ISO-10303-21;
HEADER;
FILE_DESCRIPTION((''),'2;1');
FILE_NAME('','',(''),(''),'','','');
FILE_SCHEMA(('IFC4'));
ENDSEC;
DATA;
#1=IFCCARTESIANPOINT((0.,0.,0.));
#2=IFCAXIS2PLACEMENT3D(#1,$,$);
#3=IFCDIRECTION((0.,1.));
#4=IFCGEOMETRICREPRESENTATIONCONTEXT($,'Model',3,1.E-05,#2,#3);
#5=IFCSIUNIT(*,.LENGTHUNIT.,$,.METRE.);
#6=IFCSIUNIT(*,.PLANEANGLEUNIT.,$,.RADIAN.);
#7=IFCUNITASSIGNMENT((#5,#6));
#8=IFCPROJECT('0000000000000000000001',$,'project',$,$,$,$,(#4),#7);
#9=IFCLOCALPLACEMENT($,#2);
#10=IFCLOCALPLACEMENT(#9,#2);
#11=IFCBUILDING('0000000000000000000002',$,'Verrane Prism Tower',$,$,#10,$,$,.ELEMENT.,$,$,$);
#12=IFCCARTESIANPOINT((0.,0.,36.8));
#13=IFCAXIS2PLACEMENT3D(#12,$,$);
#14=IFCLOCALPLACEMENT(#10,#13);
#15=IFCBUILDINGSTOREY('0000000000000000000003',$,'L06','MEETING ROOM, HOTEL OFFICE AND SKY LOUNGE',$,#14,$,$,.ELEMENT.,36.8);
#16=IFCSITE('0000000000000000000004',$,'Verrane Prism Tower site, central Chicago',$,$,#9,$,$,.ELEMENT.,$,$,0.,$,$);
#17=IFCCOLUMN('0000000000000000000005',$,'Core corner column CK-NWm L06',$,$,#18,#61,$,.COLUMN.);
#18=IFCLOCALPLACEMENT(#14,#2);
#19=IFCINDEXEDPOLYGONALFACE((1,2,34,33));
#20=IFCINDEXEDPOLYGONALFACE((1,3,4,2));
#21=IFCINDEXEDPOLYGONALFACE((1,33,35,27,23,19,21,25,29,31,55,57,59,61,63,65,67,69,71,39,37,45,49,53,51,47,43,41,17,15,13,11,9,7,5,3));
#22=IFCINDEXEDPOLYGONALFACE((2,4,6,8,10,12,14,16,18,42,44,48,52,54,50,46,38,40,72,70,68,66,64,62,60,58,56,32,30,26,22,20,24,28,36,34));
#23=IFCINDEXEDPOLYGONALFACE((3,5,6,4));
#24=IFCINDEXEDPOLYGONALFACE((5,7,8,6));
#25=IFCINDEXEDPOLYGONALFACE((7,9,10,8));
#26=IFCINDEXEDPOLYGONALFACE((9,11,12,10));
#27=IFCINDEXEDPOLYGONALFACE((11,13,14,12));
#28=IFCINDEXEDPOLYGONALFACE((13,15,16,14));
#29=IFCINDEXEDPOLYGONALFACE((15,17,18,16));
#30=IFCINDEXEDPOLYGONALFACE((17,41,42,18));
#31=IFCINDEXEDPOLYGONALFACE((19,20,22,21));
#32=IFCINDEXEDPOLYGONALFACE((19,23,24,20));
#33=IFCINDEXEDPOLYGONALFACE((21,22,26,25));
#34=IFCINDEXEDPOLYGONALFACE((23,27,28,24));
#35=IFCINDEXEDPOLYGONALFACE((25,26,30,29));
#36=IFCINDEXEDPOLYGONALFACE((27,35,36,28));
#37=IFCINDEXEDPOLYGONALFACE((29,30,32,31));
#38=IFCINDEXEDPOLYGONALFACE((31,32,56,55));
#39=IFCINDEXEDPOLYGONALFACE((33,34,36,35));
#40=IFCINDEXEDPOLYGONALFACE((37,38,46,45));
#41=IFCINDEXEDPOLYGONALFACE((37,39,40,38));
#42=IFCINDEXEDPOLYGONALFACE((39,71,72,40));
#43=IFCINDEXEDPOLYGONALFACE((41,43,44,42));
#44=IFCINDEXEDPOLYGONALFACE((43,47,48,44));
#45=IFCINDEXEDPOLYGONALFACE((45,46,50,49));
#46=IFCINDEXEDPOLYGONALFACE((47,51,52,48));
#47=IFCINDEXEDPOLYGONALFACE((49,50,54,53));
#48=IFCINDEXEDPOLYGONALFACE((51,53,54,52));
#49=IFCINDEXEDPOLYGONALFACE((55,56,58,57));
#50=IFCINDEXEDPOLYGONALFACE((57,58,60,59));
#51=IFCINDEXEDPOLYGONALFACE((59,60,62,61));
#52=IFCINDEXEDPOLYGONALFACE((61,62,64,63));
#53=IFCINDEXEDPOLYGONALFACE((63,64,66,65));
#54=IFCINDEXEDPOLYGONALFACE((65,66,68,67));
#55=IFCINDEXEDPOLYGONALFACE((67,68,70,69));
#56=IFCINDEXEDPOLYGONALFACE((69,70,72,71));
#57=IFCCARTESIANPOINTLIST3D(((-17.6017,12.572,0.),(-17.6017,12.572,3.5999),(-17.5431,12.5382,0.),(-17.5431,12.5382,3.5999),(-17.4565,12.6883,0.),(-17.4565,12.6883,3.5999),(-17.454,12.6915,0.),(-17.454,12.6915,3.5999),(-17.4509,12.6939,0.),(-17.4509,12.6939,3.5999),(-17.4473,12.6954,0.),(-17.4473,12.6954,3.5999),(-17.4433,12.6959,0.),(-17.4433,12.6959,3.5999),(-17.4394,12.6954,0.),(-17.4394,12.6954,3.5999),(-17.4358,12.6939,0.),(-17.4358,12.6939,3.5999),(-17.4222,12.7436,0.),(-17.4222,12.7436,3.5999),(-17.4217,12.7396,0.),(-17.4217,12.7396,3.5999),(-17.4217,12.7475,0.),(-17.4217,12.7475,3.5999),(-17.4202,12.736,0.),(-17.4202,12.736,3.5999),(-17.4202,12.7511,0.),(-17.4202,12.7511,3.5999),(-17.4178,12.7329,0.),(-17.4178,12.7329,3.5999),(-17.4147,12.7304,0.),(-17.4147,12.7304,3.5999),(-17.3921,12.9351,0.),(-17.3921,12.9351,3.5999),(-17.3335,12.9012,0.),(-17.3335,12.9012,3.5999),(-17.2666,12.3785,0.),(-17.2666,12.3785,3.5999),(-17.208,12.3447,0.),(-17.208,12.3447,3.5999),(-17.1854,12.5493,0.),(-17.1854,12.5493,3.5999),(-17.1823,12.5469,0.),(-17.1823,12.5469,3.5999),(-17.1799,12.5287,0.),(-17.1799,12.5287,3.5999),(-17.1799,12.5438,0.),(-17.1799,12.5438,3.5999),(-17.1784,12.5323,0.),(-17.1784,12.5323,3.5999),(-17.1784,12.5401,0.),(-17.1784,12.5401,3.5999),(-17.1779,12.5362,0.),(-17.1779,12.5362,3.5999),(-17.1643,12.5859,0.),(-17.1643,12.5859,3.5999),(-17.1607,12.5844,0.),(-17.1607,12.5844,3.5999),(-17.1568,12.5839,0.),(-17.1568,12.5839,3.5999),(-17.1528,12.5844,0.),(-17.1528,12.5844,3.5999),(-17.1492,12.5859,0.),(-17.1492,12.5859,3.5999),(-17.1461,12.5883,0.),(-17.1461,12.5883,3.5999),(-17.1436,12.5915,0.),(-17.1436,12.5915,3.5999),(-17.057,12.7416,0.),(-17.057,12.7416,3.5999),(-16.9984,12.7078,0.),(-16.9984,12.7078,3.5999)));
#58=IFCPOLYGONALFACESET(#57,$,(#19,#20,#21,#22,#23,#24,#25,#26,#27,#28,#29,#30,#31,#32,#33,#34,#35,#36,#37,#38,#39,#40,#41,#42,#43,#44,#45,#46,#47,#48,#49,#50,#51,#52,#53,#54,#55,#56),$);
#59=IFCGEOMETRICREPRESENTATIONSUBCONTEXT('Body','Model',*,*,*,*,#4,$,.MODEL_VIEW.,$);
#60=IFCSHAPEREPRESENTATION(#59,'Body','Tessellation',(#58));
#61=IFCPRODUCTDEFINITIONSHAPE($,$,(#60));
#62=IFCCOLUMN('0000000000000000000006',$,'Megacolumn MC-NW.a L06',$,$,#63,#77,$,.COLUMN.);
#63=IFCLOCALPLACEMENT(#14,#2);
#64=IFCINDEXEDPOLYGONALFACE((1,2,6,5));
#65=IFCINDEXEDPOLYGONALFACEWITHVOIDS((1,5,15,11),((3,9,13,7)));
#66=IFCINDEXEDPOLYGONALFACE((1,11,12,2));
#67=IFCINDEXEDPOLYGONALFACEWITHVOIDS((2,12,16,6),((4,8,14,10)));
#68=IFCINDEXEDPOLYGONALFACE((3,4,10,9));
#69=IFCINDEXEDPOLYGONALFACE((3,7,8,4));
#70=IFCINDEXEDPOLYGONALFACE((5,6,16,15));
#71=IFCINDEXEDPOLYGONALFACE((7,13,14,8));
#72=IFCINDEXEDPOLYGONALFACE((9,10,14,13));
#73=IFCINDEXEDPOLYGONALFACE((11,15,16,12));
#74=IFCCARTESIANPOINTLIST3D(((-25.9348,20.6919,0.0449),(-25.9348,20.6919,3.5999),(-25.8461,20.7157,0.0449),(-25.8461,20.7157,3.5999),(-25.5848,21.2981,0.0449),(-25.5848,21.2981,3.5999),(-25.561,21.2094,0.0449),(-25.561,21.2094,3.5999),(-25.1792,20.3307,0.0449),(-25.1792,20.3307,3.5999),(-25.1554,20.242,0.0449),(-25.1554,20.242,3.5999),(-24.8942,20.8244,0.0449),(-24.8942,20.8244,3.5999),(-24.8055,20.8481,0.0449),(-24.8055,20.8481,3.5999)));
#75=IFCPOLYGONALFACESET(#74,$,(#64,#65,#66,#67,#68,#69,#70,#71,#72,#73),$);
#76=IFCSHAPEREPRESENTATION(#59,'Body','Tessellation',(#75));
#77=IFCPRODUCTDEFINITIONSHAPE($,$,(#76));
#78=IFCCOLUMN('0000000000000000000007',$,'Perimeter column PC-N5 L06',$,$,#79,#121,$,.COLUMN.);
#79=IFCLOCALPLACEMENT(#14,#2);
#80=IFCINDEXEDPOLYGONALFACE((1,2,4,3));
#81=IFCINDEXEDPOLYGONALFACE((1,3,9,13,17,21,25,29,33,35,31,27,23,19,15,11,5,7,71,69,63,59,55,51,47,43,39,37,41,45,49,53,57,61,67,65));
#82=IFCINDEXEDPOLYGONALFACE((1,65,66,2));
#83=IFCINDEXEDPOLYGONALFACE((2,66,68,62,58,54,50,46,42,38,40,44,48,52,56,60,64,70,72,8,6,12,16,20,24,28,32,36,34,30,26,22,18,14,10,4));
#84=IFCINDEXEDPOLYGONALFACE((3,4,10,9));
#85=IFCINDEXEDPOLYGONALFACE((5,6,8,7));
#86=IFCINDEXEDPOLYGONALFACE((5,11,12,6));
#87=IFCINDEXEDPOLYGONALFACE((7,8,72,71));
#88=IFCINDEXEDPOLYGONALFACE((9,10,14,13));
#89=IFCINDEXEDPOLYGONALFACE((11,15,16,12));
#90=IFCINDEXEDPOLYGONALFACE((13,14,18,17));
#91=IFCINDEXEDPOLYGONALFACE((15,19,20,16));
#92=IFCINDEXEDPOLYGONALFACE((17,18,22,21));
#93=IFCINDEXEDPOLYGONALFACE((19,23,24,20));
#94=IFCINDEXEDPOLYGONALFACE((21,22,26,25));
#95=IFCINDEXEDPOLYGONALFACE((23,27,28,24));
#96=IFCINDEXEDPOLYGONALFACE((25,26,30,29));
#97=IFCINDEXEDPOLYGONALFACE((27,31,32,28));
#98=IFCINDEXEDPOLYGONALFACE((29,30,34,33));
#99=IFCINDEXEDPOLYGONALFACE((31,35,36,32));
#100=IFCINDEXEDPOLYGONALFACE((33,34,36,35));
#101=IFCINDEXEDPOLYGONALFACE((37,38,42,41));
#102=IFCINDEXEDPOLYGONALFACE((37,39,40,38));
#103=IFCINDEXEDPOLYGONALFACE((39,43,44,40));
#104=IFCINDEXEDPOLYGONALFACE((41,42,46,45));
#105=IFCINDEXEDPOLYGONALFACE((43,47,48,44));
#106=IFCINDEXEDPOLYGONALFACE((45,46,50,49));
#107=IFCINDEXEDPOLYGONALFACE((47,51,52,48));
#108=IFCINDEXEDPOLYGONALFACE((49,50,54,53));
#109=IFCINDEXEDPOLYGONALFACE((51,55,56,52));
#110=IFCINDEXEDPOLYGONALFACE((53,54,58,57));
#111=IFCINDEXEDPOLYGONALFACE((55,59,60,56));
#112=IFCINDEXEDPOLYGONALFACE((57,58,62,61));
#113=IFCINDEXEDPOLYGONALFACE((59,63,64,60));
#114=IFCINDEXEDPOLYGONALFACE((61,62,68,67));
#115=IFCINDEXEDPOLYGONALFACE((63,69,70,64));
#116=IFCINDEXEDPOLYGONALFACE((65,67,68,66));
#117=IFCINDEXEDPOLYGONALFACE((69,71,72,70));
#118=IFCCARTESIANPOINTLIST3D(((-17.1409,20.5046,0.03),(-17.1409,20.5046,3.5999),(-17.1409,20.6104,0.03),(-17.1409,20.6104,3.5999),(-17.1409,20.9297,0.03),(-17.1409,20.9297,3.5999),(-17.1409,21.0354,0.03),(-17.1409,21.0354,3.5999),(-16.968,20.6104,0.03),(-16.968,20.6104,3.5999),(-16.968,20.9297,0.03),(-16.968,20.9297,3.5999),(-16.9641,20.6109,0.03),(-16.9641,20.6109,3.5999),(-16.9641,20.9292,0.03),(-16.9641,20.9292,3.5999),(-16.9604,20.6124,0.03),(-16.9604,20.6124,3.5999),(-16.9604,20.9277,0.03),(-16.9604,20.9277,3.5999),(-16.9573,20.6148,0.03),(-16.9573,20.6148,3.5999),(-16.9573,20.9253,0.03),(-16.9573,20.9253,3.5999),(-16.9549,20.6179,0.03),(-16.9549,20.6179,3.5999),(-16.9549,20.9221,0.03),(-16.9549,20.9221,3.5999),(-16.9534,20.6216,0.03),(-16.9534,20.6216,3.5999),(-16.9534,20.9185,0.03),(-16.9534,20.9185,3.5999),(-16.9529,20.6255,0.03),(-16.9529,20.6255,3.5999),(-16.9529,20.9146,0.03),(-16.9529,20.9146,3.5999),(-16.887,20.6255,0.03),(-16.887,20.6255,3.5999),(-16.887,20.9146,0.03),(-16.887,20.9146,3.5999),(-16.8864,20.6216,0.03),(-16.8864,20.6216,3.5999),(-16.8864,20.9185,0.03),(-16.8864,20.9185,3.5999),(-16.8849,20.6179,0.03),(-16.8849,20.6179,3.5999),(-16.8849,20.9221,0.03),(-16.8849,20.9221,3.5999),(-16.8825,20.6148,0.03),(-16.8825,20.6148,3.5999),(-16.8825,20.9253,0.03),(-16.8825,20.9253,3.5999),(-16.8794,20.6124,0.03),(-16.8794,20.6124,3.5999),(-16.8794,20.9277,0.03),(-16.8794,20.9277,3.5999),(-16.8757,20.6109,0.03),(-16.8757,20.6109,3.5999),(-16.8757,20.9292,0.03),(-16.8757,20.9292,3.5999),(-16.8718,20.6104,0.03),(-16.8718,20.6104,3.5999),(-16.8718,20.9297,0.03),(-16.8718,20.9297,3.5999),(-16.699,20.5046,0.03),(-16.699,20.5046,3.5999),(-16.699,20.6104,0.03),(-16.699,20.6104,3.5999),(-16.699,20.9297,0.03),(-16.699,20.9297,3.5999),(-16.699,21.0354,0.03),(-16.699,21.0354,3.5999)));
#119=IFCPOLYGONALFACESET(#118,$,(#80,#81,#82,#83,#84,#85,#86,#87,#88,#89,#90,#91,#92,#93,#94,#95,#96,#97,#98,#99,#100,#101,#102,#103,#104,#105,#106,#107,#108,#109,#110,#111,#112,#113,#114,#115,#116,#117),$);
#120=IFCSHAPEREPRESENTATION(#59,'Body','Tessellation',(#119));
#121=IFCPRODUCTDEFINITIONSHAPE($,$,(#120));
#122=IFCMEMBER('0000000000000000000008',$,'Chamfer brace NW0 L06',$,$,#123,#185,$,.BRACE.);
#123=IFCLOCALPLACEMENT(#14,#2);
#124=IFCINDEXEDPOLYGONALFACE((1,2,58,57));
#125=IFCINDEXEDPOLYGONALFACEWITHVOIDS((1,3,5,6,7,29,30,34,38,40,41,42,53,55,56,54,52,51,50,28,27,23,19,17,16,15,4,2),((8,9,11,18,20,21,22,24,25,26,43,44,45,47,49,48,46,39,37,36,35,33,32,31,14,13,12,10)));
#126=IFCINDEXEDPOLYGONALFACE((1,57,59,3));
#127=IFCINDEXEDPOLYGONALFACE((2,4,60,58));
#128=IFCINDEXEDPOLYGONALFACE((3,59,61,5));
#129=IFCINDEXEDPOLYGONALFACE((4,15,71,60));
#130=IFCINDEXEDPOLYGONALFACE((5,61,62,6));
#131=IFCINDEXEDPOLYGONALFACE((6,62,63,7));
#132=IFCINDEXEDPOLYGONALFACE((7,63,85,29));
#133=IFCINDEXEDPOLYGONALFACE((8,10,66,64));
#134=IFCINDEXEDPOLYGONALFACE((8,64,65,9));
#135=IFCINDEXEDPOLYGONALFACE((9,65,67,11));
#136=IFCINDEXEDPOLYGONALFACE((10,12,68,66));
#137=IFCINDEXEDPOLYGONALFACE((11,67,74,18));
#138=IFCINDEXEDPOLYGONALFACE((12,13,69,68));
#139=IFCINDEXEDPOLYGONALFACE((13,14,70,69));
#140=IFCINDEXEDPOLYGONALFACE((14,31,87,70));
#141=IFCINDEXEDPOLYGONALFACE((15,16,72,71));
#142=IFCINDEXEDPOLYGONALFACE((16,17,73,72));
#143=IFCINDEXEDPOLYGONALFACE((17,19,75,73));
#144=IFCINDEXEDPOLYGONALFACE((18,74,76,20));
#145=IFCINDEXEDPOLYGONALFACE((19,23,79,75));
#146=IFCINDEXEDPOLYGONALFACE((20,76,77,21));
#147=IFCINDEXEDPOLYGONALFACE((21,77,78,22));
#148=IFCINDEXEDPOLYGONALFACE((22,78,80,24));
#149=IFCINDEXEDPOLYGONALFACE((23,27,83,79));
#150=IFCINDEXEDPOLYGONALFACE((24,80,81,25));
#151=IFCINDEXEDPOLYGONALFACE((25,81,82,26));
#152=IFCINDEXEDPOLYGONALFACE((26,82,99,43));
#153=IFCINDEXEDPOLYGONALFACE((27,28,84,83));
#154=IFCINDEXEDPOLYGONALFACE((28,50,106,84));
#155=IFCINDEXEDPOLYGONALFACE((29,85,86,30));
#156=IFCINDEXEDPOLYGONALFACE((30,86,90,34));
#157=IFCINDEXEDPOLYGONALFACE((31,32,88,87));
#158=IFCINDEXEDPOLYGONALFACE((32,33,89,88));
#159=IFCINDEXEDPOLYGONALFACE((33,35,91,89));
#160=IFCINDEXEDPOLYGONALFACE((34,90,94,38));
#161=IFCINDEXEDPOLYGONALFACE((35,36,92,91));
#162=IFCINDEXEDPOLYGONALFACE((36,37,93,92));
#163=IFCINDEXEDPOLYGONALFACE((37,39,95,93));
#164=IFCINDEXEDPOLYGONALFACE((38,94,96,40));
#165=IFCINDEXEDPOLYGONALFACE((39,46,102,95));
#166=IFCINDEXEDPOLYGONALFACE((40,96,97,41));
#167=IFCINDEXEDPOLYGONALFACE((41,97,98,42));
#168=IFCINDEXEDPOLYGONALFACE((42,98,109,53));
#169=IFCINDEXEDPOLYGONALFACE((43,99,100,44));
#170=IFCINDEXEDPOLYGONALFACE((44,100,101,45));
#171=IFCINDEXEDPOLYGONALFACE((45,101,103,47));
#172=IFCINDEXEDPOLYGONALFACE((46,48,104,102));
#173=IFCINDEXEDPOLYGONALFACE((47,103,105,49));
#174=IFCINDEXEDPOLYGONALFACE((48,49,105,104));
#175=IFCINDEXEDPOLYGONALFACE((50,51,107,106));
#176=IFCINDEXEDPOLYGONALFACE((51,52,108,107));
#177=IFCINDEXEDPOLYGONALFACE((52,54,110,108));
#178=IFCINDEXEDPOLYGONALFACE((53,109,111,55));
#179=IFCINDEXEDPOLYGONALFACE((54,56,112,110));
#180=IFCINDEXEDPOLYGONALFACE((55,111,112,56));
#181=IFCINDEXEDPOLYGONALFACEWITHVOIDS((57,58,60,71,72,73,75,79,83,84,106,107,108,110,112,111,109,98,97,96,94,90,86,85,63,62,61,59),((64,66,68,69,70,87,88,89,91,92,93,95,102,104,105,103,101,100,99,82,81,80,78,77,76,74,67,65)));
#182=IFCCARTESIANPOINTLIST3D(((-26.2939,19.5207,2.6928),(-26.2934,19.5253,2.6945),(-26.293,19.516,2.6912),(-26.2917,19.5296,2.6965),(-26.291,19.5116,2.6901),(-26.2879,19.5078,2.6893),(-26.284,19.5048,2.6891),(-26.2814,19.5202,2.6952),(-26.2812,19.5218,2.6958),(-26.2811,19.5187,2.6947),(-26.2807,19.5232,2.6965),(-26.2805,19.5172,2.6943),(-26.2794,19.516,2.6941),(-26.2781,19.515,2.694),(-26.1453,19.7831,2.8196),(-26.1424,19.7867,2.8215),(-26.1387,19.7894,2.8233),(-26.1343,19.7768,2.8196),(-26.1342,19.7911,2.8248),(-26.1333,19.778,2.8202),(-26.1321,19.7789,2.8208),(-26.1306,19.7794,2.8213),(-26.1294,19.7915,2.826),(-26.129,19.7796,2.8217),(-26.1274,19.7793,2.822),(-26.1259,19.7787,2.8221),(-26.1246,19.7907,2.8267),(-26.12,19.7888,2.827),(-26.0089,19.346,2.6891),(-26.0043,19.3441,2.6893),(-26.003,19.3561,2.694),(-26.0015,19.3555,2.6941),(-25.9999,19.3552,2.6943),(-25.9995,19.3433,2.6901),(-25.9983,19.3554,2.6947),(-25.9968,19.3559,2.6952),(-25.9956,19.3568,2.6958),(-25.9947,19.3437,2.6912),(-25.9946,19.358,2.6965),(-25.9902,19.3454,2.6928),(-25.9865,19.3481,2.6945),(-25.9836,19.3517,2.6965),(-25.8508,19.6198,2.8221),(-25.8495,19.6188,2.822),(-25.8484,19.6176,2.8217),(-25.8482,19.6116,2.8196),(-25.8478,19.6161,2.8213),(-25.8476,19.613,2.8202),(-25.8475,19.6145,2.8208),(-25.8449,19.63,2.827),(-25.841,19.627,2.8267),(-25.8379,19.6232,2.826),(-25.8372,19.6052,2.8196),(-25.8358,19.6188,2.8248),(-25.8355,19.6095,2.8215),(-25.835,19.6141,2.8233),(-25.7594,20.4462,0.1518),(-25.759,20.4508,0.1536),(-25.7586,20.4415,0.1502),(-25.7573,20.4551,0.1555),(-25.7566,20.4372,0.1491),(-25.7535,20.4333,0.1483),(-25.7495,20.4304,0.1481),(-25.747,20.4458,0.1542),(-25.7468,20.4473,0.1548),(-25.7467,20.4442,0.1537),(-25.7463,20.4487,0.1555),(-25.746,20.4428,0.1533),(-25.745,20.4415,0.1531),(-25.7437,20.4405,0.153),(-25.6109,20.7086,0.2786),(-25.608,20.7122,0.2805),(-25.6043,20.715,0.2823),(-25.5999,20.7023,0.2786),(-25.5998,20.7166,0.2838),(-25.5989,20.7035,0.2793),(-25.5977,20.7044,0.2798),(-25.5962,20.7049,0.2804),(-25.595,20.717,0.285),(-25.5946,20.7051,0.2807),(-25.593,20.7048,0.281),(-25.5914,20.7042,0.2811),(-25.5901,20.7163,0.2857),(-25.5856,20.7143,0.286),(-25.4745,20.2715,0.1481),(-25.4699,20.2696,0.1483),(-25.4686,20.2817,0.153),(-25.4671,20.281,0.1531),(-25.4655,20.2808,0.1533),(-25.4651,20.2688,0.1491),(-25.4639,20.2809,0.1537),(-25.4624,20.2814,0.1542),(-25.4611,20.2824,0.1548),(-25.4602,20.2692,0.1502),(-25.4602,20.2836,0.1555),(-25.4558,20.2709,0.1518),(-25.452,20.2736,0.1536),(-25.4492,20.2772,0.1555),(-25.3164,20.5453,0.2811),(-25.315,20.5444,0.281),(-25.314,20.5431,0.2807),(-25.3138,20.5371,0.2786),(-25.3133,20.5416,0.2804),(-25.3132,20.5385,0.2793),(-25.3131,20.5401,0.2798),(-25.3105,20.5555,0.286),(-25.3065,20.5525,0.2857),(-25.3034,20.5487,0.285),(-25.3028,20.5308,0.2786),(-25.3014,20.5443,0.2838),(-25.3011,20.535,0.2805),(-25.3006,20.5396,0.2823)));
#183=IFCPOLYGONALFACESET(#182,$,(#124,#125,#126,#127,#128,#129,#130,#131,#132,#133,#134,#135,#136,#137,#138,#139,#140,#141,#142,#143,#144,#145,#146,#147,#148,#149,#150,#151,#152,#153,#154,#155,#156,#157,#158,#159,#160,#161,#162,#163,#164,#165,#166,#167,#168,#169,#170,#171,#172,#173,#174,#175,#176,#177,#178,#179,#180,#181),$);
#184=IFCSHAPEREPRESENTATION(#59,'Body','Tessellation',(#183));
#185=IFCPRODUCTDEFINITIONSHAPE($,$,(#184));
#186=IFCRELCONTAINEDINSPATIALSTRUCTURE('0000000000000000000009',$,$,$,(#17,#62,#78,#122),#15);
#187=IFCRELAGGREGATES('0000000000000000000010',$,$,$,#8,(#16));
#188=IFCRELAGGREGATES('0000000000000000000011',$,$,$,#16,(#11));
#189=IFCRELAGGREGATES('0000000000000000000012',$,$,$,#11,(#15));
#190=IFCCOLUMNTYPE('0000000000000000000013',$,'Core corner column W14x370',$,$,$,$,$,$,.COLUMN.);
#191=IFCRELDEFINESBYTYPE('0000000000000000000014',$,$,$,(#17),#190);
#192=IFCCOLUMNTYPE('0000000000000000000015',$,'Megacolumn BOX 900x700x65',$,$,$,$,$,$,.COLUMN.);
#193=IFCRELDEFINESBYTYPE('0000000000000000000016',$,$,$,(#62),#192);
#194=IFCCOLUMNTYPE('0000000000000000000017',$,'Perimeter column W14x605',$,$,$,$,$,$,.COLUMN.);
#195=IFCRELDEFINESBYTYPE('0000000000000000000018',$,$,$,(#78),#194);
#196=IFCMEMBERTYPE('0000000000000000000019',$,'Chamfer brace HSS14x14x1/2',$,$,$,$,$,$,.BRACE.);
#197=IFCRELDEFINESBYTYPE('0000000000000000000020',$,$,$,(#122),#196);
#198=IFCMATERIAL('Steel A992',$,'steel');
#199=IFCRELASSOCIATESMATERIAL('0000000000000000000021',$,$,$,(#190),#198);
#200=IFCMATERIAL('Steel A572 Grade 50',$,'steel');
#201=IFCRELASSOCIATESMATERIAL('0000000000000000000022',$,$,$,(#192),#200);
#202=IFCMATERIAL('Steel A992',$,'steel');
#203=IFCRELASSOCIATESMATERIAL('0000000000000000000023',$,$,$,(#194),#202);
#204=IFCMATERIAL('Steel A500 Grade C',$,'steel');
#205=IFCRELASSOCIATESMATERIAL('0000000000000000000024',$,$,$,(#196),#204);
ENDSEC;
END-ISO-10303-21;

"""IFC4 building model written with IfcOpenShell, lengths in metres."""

from ifc_helpers import new_model, si_unit, direction, frame, origin, origin_2d, place, context, subcontext, project, spatial, hollow_rectangle, i_section, extrude, material, material_profile, profile_set, type_object, element, save


model = new_model("IFC4")

# Units and contexts
model_context = context("Model", 3, precision=1e-05, world=origin(), true_north=direction((0.0, 1.0)))
body_context = subcontext(model_context, "Body", "Model", "MODEL_VIEW")
ifc_project = project(units=[si_unit("LENGTHUNIT", "METRE"), si_unit("PLANEANGLEUNIT", "RADIAN")], contexts=[model_context])

# Site, building, storey
site_placement = place(None, origin())
site = spatial("IfcSite", under=ifc_project, at=site_placement, Name="Verrane Prism Tower site, central Chicago", CompositionType="ELEMENT", RefElevation=0.0)
building_placement = place(site_placement, origin())
building = spatial("IfcBuilding", under=site, at=building_placement, Name="Verrane Prism Tower", CompositionType="ELEMENT")
storey_placement = place(building_placement, frame((0.0, 0.0, 36.8)))
storey = spatial("IfcBuildingStorey", under=building, at=storey_placement, Name="L06", Description="MEETING ROOM, HOTEL OFFICE AND SKY LOUNGE", CompositionType="ELEMENT", Elevation=36.8)

# Columns
ifc_material_1 = material(Name="Steel A992", Category="steel")
ifc_material_profile_1 = material_profile(ifc_material_1, i_section(OverallWidth=0.4192, OverallDepth=0.4546, WebThickness=0.0422, FlangeThickness=0.0676, FilletRadius=0.0151, at=origin_2d()), Name="W14x370")
ifc_profile_set_1 = profile_set([ifc_material_profile_1], Name="Steel A992")
column_type_1 = type_object("IfcColumnType", Name="Core corner column W14x370", PredefinedType="COLUMN", material=ifc_profile_set_1)
column_1_placement = place(storey_placement, frame((-17.3, 12.6399, 0.0), z_axis=(0.0, 0.0, 1.0), x_axis=(0.5, 0.866025, 0.0)))
element("IfcColumn", 1, at=column_1_placement, inside=storey, type_object=column_type_1, Name="Core corner column CK-NWm L06", PredefinedType="COLUMN", context=body_context, shape_type="SweptSolid", body=[
    extrude(i_section(OverallWidth=0.4192, OverallDepth=0.4546, WebThickness=0.0422, FlangeThickness=0.0676, FilletRadius=0.0151, at=origin_2d()), origin(), (0.0, 0.0, 1.0), 3.5999),
])
ifc_material_2 = material(Name="Steel A572 Grade 50", Category="steel")
ifc_material_profile_2 = material_profile(ifc_material_2, hollow_rectangle(XDim=0.7, YDim=0.8999, WallThickness=0.0649, at=origin_2d()), Name="BOX 900x700x65")
ifc_profile_set_2 = profile_set([ifc_material_profile_2], Name="Steel A572 Grade 50")
column_type_2 = type_object("IfcColumnType", Name="Megacolumn BOX 900x700x65", PredefinedType="COLUMN", material=ifc_profile_set_2)
column_2_placement = place(storey_placement, frame((-25.3701, 20.77, 0.0449), z_axis=(0.0, 0.0, 1.0), x_axis=(0.5, 0.866025, 0.0)))
element("IfcColumn", 2, at=column_2_placement, inside=storey, type_object=column_type_2, Name="Megacolumn MC-NW.a L06", PredefinedType="COLUMN", context=body_context, shape_type="SweptSolid", body=[
    extrude(hollow_rectangle(XDim=0.7, YDim=0.8999, WallThickness=0.0649, at=origin_2d()), origin(), (0.0, 0.0, 1.0), 3.5549),
])
ifc_material_3 = material(Name="Steel A992", Category="steel")
ifc_material_profile_3 = material_profile(ifc_material_3, i_section(OverallWidth=0.4419, OverallDepth=0.5308, WebThickness=0.0659, FlangeThickness=0.1057, FilletRadius=0.0151, at=origin_2d()), Name="W14x605")
ifc_profile_set_3 = profile_set([ifc_material_profile_3], Name="Steel A992")
column_type_3 = type_object("IfcColumnType", Name="Perimeter column W14x605", PredefinedType="COLUMN", material=ifc_profile_set_3)
column_3_placement = place(storey_placement, frame((-16.9199, 20.77, 0.03), z_axis=(0.0, 0.0, 1.0), x_axis=(1.0, 0.0, 0.0)))
element("IfcColumn", 3, at=column_3_placement, inside=storey, type_object=column_type_3, Name="Perimeter column PC-N5 L06", PredefinedType="COLUMN", context=body_context, shape_type="SweptSolid", body=[
    extrude(i_section(OverallWidth=0.4419, OverallDepth=0.5308, WebThickness=0.0659, FlangeThickness=0.1057, FilletRadius=0.0151, at=origin_2d()), origin(), (0.0, 0.0, 1.0), 3.5698),
])

# Member
ifc_material_4 = material(Name="Steel A500 Grade C", Category="steel")
ifc_material_profile_4 = material_profile(ifc_material_4, hollow_rectangle(XDim=0.3557, YDim=0.3557, WallThickness=0.0127, InnerFilletRadius=0.0063, OuterFilletRadius=0.019, at=origin_2d()), Name="HSS14x14x1/2")
ifc_profile_set_4 = profile_set([ifc_material_profile_4], Name="Steel A500 Grade C")
member_type_1 = type_object("IfcMemberType", Name="Chamfer brace HSS14x14x1/2", PredefinedType="BRACE", material=ifc_profile_set_4)
member_1_placement = place(storey_placement, frame((-25.53, 20.4929, 0.217), z_axis=(-0.193869, -0.33575, 0.921785), x_axis=(0.865999, -0.500045, 0.0)))
element("IfcMember", 4, at=member_1_placement, inside=storey, type_object=member_type_1, Name="Chamfer brace NW0 L06", PredefinedType="BRACE", context=body_context, shape_type="SweptSolid", body=[
    extrude(hollow_rectangle(XDim=0.3557, YDim=0.3557, WallThickness=0.0127, InnerFilletRadius=0.0063, OuterFilletRadius=0.019, at=origin_2d()), origin(), (0.0, 0.0, 1.0), 2.7566),
])

save(model, "model.ifc")
